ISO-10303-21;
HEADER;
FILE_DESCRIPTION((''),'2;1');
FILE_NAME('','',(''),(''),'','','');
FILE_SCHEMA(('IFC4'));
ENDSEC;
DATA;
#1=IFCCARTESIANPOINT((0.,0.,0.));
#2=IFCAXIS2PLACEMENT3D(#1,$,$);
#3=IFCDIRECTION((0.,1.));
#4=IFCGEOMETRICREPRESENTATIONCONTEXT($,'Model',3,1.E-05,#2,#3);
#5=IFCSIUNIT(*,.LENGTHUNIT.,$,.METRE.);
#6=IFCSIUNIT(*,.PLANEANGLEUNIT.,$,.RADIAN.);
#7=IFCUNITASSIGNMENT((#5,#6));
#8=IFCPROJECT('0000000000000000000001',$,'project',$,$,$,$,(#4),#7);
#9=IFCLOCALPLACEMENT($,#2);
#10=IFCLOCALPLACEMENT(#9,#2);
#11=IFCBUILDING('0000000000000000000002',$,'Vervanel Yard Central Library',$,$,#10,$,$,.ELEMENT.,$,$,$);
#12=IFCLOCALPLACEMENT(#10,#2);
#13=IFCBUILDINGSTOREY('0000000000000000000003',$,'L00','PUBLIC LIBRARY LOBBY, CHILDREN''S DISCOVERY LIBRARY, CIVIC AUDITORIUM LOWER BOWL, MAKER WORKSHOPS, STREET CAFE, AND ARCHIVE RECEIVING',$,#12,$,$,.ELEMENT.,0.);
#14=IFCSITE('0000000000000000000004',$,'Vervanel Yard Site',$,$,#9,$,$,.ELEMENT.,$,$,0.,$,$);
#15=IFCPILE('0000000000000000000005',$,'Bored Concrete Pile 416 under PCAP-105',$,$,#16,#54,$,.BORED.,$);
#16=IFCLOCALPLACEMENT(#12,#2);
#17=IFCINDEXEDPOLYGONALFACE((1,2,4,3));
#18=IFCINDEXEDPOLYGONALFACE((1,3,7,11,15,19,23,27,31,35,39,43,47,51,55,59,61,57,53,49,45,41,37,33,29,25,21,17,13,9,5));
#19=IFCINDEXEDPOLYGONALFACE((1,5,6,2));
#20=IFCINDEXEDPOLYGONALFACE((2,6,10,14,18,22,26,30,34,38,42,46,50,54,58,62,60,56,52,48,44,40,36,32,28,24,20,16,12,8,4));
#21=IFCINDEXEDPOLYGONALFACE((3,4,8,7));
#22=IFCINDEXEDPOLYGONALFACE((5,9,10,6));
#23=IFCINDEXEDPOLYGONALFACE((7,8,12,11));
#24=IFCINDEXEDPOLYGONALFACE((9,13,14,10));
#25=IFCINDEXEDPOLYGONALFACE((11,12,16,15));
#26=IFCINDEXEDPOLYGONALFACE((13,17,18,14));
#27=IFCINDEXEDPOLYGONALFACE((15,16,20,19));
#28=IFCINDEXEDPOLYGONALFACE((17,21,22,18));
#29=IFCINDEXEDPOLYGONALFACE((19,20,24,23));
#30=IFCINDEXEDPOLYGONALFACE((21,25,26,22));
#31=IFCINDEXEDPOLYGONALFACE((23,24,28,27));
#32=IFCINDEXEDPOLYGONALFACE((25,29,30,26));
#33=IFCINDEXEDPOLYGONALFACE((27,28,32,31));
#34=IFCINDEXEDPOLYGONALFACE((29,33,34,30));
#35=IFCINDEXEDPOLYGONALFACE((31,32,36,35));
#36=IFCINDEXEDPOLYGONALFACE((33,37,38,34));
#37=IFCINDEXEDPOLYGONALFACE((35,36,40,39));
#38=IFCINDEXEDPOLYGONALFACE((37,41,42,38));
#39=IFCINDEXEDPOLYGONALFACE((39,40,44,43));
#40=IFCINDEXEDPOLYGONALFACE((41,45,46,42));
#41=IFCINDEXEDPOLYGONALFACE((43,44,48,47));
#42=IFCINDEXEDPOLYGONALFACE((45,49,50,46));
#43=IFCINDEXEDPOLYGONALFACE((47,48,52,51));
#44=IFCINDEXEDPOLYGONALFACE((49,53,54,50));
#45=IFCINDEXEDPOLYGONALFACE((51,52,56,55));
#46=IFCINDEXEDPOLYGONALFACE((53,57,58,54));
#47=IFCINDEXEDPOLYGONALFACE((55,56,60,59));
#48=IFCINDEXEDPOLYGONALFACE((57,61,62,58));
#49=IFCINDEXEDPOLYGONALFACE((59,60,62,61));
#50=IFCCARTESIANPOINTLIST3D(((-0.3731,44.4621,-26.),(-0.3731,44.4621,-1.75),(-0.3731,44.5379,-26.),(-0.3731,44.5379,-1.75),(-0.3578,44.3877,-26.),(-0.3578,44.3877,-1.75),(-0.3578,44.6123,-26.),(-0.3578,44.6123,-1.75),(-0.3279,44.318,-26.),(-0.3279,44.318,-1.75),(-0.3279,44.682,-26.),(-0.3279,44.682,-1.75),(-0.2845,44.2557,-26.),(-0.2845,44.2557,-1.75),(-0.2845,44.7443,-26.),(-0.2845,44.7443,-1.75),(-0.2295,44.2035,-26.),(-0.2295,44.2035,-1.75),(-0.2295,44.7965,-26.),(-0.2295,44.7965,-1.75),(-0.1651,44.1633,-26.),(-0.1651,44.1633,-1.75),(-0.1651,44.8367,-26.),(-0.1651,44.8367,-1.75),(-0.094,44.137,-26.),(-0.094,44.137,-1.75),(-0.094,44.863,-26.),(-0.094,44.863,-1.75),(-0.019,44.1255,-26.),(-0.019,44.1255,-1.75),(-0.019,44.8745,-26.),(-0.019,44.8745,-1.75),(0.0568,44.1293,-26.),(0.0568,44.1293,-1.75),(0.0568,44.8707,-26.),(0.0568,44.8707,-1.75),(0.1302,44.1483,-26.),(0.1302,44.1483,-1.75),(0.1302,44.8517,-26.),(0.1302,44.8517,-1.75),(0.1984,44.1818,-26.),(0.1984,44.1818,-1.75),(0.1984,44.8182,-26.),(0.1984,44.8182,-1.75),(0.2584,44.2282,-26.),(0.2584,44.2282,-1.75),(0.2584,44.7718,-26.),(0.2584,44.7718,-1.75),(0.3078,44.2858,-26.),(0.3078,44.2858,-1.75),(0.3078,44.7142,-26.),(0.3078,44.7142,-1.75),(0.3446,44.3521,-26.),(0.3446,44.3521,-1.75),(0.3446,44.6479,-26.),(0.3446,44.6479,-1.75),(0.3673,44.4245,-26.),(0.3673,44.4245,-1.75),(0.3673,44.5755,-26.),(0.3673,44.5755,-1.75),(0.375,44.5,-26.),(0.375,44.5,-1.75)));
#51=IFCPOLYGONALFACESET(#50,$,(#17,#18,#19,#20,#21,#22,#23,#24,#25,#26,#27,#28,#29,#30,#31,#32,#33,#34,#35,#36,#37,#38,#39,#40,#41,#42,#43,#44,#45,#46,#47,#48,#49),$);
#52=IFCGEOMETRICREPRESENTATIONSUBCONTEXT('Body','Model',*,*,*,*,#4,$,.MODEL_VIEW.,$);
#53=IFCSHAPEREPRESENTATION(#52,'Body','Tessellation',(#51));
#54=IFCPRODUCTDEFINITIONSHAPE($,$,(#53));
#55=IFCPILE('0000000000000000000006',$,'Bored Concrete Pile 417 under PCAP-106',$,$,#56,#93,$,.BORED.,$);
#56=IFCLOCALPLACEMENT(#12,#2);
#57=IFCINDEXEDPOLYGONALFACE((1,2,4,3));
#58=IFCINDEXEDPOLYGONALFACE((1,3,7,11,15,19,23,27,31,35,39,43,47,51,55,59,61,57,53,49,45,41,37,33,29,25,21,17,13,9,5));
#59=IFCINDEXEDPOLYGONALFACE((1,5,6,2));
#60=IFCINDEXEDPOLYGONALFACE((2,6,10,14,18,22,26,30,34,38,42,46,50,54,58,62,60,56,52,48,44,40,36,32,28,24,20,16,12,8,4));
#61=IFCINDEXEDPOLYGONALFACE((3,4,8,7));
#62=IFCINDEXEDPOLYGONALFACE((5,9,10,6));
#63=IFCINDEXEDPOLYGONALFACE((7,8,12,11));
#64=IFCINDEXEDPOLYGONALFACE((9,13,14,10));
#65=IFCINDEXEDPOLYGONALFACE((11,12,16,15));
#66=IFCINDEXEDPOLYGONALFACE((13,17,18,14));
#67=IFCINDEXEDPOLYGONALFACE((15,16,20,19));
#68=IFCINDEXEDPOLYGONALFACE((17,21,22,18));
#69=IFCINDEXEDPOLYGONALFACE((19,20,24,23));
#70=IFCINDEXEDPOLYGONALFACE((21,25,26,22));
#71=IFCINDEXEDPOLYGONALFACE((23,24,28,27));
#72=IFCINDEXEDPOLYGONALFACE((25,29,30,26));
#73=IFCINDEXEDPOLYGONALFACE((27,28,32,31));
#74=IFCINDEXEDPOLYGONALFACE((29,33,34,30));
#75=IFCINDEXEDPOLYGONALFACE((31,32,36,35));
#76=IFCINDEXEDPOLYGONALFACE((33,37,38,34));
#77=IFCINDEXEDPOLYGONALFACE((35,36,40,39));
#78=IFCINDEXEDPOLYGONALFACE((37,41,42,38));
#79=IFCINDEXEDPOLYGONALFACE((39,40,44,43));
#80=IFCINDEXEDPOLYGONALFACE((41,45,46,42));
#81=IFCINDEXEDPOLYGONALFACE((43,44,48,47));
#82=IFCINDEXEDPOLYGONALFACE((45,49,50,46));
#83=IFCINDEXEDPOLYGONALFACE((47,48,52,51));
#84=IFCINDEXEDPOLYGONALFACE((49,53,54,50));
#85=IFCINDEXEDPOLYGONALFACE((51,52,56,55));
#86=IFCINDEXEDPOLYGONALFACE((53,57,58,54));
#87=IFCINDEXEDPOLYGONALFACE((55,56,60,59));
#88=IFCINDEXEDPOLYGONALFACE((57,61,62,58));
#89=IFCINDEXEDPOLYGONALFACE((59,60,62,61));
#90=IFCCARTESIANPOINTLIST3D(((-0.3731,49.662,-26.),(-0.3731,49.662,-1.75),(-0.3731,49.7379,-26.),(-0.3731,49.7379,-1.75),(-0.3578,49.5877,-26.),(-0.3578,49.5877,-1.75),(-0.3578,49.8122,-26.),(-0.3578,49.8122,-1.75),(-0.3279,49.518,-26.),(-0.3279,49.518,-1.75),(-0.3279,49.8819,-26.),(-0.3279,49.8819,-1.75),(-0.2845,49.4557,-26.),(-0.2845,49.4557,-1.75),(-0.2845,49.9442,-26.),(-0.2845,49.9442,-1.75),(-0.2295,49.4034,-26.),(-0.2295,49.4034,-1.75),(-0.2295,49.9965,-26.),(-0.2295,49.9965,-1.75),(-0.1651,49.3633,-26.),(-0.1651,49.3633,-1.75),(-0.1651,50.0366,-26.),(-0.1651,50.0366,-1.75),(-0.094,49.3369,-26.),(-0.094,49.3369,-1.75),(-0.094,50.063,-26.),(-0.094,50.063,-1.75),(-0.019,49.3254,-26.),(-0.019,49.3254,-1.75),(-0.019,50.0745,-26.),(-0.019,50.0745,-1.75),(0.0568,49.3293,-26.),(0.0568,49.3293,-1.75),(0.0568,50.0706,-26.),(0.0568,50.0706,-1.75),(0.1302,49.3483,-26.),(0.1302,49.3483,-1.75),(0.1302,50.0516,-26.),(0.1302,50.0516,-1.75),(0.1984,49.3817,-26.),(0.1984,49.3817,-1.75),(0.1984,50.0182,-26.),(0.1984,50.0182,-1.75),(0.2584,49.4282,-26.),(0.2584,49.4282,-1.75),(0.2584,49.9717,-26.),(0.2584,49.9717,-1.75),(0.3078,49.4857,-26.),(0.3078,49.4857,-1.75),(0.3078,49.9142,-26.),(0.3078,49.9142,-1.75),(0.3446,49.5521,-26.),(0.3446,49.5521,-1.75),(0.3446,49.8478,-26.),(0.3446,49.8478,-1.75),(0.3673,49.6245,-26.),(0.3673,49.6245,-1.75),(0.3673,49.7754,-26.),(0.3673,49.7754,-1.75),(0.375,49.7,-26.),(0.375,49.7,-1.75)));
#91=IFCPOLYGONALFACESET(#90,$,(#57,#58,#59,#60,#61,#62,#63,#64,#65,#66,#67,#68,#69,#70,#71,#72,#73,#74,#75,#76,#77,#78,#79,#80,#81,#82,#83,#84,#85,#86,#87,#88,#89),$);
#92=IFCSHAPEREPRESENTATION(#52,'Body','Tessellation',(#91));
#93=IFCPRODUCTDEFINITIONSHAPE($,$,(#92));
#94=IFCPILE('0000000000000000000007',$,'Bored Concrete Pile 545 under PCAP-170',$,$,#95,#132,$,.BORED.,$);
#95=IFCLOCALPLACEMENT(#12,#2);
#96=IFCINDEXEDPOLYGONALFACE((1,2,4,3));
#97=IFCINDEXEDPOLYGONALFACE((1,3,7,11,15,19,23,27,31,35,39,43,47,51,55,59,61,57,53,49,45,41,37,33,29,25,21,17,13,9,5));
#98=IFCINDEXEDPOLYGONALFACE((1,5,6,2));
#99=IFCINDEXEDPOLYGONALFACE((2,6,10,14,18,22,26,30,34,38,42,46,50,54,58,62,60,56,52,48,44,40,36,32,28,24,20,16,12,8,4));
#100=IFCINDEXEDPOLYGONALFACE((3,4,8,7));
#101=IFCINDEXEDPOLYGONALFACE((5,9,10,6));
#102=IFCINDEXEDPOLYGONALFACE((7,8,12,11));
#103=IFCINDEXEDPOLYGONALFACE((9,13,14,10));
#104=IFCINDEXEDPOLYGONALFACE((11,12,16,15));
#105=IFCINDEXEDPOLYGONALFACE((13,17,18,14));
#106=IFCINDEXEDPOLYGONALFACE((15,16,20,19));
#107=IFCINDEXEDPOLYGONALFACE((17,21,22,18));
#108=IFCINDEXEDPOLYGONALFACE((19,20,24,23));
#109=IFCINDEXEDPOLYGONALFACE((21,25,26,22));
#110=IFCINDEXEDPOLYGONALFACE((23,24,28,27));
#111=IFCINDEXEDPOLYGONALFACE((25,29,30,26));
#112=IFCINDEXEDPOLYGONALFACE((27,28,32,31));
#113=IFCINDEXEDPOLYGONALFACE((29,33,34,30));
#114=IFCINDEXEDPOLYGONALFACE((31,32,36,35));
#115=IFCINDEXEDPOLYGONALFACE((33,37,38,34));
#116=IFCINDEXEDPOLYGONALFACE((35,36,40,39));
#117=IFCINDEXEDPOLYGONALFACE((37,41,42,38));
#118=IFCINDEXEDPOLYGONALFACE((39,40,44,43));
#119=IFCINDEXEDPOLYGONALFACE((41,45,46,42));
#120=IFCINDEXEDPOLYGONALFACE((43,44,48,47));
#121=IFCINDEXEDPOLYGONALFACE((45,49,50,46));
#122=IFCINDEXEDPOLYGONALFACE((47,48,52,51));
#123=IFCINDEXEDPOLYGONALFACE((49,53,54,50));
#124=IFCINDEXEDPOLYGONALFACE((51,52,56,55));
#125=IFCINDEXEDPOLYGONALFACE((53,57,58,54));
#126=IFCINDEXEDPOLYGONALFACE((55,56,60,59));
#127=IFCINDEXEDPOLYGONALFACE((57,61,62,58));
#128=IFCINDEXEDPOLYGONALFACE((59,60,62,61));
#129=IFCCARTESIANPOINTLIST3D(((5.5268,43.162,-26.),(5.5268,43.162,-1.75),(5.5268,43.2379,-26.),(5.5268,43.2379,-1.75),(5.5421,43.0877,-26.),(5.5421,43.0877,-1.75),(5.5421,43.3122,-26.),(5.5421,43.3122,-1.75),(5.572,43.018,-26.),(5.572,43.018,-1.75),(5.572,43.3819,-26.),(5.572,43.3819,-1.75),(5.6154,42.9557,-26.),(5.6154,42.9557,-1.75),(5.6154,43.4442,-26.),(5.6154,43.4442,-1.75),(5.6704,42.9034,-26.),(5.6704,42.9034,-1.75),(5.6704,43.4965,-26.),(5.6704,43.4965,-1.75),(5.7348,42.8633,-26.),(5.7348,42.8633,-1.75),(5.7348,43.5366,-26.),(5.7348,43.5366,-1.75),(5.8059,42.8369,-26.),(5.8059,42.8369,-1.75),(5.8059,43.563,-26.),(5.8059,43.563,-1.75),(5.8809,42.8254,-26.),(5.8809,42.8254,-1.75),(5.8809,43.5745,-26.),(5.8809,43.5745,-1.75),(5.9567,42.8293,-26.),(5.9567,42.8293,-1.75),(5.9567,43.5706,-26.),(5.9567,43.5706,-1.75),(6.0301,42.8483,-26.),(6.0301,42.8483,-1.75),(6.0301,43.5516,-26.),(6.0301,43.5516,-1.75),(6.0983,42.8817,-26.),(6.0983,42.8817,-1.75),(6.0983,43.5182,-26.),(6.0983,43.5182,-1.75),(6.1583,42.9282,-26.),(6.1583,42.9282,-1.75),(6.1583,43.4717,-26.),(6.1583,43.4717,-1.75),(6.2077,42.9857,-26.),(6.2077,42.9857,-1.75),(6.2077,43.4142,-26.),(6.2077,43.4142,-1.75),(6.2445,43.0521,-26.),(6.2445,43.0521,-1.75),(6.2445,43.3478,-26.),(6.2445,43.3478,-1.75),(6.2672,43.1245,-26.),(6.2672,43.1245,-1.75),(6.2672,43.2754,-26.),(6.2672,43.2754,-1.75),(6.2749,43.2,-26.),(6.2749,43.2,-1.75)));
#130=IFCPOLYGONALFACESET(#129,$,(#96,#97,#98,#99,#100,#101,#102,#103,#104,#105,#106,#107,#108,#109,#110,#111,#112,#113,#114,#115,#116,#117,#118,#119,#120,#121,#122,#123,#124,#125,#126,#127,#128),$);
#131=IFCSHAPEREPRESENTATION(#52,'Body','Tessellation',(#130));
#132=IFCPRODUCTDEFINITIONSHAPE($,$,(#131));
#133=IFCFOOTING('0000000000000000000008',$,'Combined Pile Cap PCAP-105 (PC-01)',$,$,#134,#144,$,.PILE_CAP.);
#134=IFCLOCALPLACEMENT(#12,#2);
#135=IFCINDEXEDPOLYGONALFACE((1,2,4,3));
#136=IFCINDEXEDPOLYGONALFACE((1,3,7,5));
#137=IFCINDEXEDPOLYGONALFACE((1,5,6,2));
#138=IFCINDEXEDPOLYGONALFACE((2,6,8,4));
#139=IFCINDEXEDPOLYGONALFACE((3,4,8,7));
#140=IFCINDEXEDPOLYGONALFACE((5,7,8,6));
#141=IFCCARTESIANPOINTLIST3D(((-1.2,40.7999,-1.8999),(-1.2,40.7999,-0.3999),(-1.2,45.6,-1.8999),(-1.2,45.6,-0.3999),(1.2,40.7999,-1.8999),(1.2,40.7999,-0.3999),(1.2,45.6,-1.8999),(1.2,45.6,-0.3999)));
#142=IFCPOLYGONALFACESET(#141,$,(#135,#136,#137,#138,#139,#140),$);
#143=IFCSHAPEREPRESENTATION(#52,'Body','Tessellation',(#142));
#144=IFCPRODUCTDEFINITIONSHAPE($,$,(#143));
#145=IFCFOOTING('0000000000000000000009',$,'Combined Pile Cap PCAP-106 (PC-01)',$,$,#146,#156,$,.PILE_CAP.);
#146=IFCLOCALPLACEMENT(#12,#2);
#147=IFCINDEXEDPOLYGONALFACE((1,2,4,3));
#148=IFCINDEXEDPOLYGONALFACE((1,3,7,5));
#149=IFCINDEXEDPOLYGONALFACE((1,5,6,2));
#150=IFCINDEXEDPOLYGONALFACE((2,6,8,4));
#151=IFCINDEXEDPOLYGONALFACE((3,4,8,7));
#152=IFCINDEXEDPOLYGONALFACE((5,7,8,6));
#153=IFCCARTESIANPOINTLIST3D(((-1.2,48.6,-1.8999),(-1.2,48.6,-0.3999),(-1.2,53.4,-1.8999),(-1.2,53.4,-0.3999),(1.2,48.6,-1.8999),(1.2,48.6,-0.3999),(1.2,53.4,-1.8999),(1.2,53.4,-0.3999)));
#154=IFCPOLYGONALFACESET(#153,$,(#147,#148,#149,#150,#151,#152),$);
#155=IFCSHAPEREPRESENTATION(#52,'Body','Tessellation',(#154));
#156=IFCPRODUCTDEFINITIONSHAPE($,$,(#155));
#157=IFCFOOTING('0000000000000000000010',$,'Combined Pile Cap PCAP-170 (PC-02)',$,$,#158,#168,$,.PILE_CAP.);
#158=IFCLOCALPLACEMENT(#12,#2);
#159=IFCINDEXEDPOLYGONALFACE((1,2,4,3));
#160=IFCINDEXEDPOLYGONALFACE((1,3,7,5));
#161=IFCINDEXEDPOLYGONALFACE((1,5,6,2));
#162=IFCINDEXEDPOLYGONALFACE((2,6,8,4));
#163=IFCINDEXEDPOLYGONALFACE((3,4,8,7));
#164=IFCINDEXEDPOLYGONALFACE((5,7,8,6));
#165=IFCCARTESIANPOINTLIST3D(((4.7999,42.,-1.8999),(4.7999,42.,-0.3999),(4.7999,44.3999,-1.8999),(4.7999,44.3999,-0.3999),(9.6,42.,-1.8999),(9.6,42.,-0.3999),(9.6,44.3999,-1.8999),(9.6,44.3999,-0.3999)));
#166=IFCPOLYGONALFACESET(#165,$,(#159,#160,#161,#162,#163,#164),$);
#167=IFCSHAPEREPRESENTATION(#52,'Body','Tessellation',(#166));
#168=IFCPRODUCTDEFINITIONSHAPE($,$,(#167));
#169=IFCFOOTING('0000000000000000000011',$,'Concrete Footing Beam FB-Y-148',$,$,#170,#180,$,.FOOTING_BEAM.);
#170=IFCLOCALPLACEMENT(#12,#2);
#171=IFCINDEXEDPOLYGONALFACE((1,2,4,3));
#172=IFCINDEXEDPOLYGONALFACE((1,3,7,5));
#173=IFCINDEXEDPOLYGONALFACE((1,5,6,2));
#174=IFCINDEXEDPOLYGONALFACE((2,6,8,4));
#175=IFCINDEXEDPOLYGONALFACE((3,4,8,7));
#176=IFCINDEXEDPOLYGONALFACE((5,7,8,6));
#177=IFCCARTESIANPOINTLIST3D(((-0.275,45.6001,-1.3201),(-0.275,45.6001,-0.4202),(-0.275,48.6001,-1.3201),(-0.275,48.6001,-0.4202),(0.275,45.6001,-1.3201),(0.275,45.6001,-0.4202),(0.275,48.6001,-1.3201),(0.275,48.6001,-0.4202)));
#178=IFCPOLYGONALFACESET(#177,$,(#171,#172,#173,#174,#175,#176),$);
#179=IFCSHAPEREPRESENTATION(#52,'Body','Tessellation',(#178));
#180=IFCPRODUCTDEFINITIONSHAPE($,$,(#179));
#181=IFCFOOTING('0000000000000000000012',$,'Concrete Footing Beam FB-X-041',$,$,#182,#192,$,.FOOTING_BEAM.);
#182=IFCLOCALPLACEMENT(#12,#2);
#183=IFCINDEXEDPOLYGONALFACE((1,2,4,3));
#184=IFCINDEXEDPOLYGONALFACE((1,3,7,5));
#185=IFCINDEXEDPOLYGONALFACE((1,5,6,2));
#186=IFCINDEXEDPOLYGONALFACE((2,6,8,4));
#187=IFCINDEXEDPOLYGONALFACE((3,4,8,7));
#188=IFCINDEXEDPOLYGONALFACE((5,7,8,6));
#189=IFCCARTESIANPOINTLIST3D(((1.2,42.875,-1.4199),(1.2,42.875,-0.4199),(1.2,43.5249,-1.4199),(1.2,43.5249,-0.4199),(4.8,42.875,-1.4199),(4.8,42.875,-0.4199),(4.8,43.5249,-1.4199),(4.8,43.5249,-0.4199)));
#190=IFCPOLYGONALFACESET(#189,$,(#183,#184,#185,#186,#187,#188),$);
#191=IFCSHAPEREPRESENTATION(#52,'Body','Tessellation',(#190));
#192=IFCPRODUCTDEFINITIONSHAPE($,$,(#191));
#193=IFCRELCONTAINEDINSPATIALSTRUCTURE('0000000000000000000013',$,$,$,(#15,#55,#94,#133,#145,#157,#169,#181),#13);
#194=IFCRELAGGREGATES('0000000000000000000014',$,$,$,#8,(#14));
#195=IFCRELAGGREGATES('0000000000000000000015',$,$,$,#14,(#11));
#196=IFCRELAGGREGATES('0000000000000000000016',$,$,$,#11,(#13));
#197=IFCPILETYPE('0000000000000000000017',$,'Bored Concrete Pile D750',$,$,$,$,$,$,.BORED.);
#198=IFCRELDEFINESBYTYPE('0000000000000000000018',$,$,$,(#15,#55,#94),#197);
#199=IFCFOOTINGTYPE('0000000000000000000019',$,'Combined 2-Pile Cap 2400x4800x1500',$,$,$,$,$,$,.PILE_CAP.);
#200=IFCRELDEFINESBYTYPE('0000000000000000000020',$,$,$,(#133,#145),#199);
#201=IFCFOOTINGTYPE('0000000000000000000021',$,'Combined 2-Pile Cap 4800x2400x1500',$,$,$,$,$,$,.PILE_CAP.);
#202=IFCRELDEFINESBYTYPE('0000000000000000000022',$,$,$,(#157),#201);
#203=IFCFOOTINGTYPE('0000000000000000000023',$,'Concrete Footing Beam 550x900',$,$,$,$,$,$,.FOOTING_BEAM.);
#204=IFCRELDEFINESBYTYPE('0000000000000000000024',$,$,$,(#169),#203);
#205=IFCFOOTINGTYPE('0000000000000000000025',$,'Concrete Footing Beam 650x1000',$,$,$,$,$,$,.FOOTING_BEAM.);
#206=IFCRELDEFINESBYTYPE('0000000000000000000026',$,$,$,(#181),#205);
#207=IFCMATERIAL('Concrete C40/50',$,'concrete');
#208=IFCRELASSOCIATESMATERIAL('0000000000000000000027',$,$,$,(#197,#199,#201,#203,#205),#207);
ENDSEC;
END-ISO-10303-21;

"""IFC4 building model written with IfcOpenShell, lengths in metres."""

from ifc_helpers import new_model, si_unit, direction, frame, origin, origin_2d, place, context, subcontext, project, spatial, rectangle, circle, extrude, material, material_profile, profile_set, type_object, element, save


model = new_model("IFC4")

# Units and contexts
model_context = context("Model", 3, precision=1e-05, world=origin(), true_north=direction((0.0, 1.0)))
body_context = subcontext(model_context, "Body", "Model", "MODEL_VIEW")
ifc_project = project(units=[si_unit("LENGTHUNIT", "METRE"), si_unit("PLANEANGLEUNIT", "RADIAN")], contexts=[model_context])

# Site, building, storey
site_placement = place(None, origin())
site = spatial("IfcSite", under=ifc_project, at=site_placement, Name="Vervanel Yard Site", CompositionType="ELEMENT", RefElevation=0.0)
building_placement = place(site_placement, origin())
building = spatial("IfcBuilding", under=site, at=building_placement, Name="Vervanel Yard Central Library", CompositionType="ELEMENT")
storey_placement = place(building_placement, origin())
storey = spatial("IfcBuildingStorey", under=building, at=storey_placement, Name="L00", Description="PUBLIC LIBRARY LOBBY, CHILDREN'S DISCOVERY LIBRARY, CIVIC AUDITORIUM LOWER BOWL, MAKER WORKSHOPS, STREET CAFE, AND ARCHIVE RECEIVING", CompositionType="ELEMENT", Elevation=0.0)

# Piles
ifc_material_1 = material(Name="Concrete C40/50", Category="concrete")
ifc_material_profile_1 = material_profile(ifc_material_1, circle(Radius=0.375, at=origin_2d()), Name="BP D750", Category="concrete")
ifc_profile_set_1 = profile_set([ifc_material_profile_1], Name="Concrete C40/50")
pile_type = type_object("IfcPileType", Name="Bored Concrete Pile D750", PredefinedType="BORED", material=ifc_profile_set_1)
for number, where, z_axis, x_axis, name in (
    (1, (0.0, 44.5, -1.75), (0.0, 0.0, -1.0), (1.0, 0.0, 0.0), "Bored Concrete Pile 416 under PCAP-105"),
    (2, (0.0, 49.7, -1.75), (0.0, 0.0, -1.0), (1.0, 0.0, 0.0), "Bored Concrete Pile 417 under PCAP-106"),
    (3, (5.8999, 43.2, -1.75), (0.0, 0.0, -1.0), (1.0, 0.0, 0.0), "Bored Concrete Pile 545 under PCAP-170"),
):
    element("IfcPile", number, at=place(storey_placement, frame(where, z_axis=z_axis, x_axis=x_axis)), inside=storey, type_object=pile_type, Name=name, PredefinedType="BORED", context=body_context, shape_type="SweptSolid", body=[
        extrude(circle(Radius=0.375, at=origin_2d()), origin(), (0.0, 0.0, 1.0), 24.25),
    ])

# Footings
footing_type_1 = type_object("IfcFootingType", Name="Combined 2-Pile Cap 2400x4800x1500", PredefinedType="PILE_CAP", material=ifc_material_1)
for number, where, z_axis, x_axis, name in (
    (4, (0.0, 43.2, -1.8999), (0.0, 0.0, 1.0), (1.0, 0.0, 0.0), "Combined Pile Cap PCAP-105 (PC-01)"),
    (5, (0.0, 51.0, -1.8999), (0.0, 0.0, 1.0), (1.0, 0.0, 0.0), "Combined Pile Cap PCAP-106 (PC-01)"),
):
    element("IfcFooting", number, at=place(storey_placement, frame(where, z_axis=z_axis, x_axis=x_axis)), inside=storey, type_object=footing_type_1, Name=name, PredefinedType="PILE_CAP", context=body_context, shape_type="SweptSolid", body=[
        extrude(rectangle(XDim=2.3999, YDim=4.8, at=origin_2d()), origin(), (0.0, 0.0, 1.0), 1.5),
    ])
footing_type_2 = type_object("IfcFootingType", Name="Combined 2-Pile Cap 4800x2400x1500", PredefinedType="PILE_CAP", material=ifc_material_1)
footing_1_placement = place(storey_placement, frame((7.2, 43.2, -1.8999), z_axis=(0.0, 0.0, 1.0), x_axis=(1.0, 0.0, 0.0)))
element("IfcFooting", 6, at=footing_1_placement, inside=storey, type_object=footing_type_2, Name="Combined Pile Cap PCAP-170 (PC-02)", PredefinedType="PILE_CAP", context=body_context, shape_type="SweptSolid", body=[
    extrude(rectangle(XDim=4.8, YDim=2.3999, at=origin_2d()), origin(), (0.0, 0.0, 1.0), 1.5),
])
ifc_material_profile_2 = material_profile(ifc_material_1, rectangle(XDim=0.55, YDim=0.8999, at=origin_2d()), Name="RC 550x900", Category="concrete")
ifc_profile_set_2 = profile_set([ifc_material_profile_2], Name="Concrete C40/50")
footing_type_3 = type_object("IfcFootingType", Name="Concrete Footing Beam 550x900", PredefinedType="FOOTING_BEAM", material=ifc_profile_set_2)
footing_2_placement = place(storey_placement, frame((0.0, 45.6001, -0.8701), z_axis=(0.0, 1.0, 0.0), x_axis=(-1.0, 0.0, 0.0)))
element("IfcFooting", 7, at=footing_2_placement, inside=storey, type_object=footing_type_3, Name="Concrete Footing Beam FB-Y-148", PredefinedType="FOOTING_BEAM", context=body_context, shape_type="SweptSolid", body=[
    extrude(rectangle(XDim=0.55, YDim=0.8999, at=origin_2d()), origin(), (0.0, 0.0, 1.0), 3.0),
])
ifc_material_profile_3 = material_profile(ifc_material_1, rectangle(XDim=0.6499, YDim=1.0, at=origin_2d()), Name="RC 650x1000", Category="concrete")
ifc_profile_set_3 = profile_set([ifc_material_profile_3], Name="Concrete C40/50")
footing_type_4 = type_object("IfcFootingType", Name="Concrete Footing Beam 650x1000", PredefinedType="FOOTING_BEAM", material=ifc_profile_set_3)
footing_3_placement = place(storey_placement, frame((1.2, 43.2, -0.9199), z_axis=(1.0, 0.0, 0.0), x_axis=(0.0, 1.0, 0.0)))
element("IfcFooting", 8, at=footing_3_placement, inside=storey, type_object=footing_type_4, Name="Concrete Footing Beam FB-X-041", PredefinedType="FOOTING_BEAM", context=body_context, shape_type="SweptSolid", body=[
    extrude(rectangle(XDim=0.6499, YDim=1.0, at=origin_2d()), origin(), (0.0, 0.0, 1.0), 3.6001),
])

save(model, "model.ifc")
